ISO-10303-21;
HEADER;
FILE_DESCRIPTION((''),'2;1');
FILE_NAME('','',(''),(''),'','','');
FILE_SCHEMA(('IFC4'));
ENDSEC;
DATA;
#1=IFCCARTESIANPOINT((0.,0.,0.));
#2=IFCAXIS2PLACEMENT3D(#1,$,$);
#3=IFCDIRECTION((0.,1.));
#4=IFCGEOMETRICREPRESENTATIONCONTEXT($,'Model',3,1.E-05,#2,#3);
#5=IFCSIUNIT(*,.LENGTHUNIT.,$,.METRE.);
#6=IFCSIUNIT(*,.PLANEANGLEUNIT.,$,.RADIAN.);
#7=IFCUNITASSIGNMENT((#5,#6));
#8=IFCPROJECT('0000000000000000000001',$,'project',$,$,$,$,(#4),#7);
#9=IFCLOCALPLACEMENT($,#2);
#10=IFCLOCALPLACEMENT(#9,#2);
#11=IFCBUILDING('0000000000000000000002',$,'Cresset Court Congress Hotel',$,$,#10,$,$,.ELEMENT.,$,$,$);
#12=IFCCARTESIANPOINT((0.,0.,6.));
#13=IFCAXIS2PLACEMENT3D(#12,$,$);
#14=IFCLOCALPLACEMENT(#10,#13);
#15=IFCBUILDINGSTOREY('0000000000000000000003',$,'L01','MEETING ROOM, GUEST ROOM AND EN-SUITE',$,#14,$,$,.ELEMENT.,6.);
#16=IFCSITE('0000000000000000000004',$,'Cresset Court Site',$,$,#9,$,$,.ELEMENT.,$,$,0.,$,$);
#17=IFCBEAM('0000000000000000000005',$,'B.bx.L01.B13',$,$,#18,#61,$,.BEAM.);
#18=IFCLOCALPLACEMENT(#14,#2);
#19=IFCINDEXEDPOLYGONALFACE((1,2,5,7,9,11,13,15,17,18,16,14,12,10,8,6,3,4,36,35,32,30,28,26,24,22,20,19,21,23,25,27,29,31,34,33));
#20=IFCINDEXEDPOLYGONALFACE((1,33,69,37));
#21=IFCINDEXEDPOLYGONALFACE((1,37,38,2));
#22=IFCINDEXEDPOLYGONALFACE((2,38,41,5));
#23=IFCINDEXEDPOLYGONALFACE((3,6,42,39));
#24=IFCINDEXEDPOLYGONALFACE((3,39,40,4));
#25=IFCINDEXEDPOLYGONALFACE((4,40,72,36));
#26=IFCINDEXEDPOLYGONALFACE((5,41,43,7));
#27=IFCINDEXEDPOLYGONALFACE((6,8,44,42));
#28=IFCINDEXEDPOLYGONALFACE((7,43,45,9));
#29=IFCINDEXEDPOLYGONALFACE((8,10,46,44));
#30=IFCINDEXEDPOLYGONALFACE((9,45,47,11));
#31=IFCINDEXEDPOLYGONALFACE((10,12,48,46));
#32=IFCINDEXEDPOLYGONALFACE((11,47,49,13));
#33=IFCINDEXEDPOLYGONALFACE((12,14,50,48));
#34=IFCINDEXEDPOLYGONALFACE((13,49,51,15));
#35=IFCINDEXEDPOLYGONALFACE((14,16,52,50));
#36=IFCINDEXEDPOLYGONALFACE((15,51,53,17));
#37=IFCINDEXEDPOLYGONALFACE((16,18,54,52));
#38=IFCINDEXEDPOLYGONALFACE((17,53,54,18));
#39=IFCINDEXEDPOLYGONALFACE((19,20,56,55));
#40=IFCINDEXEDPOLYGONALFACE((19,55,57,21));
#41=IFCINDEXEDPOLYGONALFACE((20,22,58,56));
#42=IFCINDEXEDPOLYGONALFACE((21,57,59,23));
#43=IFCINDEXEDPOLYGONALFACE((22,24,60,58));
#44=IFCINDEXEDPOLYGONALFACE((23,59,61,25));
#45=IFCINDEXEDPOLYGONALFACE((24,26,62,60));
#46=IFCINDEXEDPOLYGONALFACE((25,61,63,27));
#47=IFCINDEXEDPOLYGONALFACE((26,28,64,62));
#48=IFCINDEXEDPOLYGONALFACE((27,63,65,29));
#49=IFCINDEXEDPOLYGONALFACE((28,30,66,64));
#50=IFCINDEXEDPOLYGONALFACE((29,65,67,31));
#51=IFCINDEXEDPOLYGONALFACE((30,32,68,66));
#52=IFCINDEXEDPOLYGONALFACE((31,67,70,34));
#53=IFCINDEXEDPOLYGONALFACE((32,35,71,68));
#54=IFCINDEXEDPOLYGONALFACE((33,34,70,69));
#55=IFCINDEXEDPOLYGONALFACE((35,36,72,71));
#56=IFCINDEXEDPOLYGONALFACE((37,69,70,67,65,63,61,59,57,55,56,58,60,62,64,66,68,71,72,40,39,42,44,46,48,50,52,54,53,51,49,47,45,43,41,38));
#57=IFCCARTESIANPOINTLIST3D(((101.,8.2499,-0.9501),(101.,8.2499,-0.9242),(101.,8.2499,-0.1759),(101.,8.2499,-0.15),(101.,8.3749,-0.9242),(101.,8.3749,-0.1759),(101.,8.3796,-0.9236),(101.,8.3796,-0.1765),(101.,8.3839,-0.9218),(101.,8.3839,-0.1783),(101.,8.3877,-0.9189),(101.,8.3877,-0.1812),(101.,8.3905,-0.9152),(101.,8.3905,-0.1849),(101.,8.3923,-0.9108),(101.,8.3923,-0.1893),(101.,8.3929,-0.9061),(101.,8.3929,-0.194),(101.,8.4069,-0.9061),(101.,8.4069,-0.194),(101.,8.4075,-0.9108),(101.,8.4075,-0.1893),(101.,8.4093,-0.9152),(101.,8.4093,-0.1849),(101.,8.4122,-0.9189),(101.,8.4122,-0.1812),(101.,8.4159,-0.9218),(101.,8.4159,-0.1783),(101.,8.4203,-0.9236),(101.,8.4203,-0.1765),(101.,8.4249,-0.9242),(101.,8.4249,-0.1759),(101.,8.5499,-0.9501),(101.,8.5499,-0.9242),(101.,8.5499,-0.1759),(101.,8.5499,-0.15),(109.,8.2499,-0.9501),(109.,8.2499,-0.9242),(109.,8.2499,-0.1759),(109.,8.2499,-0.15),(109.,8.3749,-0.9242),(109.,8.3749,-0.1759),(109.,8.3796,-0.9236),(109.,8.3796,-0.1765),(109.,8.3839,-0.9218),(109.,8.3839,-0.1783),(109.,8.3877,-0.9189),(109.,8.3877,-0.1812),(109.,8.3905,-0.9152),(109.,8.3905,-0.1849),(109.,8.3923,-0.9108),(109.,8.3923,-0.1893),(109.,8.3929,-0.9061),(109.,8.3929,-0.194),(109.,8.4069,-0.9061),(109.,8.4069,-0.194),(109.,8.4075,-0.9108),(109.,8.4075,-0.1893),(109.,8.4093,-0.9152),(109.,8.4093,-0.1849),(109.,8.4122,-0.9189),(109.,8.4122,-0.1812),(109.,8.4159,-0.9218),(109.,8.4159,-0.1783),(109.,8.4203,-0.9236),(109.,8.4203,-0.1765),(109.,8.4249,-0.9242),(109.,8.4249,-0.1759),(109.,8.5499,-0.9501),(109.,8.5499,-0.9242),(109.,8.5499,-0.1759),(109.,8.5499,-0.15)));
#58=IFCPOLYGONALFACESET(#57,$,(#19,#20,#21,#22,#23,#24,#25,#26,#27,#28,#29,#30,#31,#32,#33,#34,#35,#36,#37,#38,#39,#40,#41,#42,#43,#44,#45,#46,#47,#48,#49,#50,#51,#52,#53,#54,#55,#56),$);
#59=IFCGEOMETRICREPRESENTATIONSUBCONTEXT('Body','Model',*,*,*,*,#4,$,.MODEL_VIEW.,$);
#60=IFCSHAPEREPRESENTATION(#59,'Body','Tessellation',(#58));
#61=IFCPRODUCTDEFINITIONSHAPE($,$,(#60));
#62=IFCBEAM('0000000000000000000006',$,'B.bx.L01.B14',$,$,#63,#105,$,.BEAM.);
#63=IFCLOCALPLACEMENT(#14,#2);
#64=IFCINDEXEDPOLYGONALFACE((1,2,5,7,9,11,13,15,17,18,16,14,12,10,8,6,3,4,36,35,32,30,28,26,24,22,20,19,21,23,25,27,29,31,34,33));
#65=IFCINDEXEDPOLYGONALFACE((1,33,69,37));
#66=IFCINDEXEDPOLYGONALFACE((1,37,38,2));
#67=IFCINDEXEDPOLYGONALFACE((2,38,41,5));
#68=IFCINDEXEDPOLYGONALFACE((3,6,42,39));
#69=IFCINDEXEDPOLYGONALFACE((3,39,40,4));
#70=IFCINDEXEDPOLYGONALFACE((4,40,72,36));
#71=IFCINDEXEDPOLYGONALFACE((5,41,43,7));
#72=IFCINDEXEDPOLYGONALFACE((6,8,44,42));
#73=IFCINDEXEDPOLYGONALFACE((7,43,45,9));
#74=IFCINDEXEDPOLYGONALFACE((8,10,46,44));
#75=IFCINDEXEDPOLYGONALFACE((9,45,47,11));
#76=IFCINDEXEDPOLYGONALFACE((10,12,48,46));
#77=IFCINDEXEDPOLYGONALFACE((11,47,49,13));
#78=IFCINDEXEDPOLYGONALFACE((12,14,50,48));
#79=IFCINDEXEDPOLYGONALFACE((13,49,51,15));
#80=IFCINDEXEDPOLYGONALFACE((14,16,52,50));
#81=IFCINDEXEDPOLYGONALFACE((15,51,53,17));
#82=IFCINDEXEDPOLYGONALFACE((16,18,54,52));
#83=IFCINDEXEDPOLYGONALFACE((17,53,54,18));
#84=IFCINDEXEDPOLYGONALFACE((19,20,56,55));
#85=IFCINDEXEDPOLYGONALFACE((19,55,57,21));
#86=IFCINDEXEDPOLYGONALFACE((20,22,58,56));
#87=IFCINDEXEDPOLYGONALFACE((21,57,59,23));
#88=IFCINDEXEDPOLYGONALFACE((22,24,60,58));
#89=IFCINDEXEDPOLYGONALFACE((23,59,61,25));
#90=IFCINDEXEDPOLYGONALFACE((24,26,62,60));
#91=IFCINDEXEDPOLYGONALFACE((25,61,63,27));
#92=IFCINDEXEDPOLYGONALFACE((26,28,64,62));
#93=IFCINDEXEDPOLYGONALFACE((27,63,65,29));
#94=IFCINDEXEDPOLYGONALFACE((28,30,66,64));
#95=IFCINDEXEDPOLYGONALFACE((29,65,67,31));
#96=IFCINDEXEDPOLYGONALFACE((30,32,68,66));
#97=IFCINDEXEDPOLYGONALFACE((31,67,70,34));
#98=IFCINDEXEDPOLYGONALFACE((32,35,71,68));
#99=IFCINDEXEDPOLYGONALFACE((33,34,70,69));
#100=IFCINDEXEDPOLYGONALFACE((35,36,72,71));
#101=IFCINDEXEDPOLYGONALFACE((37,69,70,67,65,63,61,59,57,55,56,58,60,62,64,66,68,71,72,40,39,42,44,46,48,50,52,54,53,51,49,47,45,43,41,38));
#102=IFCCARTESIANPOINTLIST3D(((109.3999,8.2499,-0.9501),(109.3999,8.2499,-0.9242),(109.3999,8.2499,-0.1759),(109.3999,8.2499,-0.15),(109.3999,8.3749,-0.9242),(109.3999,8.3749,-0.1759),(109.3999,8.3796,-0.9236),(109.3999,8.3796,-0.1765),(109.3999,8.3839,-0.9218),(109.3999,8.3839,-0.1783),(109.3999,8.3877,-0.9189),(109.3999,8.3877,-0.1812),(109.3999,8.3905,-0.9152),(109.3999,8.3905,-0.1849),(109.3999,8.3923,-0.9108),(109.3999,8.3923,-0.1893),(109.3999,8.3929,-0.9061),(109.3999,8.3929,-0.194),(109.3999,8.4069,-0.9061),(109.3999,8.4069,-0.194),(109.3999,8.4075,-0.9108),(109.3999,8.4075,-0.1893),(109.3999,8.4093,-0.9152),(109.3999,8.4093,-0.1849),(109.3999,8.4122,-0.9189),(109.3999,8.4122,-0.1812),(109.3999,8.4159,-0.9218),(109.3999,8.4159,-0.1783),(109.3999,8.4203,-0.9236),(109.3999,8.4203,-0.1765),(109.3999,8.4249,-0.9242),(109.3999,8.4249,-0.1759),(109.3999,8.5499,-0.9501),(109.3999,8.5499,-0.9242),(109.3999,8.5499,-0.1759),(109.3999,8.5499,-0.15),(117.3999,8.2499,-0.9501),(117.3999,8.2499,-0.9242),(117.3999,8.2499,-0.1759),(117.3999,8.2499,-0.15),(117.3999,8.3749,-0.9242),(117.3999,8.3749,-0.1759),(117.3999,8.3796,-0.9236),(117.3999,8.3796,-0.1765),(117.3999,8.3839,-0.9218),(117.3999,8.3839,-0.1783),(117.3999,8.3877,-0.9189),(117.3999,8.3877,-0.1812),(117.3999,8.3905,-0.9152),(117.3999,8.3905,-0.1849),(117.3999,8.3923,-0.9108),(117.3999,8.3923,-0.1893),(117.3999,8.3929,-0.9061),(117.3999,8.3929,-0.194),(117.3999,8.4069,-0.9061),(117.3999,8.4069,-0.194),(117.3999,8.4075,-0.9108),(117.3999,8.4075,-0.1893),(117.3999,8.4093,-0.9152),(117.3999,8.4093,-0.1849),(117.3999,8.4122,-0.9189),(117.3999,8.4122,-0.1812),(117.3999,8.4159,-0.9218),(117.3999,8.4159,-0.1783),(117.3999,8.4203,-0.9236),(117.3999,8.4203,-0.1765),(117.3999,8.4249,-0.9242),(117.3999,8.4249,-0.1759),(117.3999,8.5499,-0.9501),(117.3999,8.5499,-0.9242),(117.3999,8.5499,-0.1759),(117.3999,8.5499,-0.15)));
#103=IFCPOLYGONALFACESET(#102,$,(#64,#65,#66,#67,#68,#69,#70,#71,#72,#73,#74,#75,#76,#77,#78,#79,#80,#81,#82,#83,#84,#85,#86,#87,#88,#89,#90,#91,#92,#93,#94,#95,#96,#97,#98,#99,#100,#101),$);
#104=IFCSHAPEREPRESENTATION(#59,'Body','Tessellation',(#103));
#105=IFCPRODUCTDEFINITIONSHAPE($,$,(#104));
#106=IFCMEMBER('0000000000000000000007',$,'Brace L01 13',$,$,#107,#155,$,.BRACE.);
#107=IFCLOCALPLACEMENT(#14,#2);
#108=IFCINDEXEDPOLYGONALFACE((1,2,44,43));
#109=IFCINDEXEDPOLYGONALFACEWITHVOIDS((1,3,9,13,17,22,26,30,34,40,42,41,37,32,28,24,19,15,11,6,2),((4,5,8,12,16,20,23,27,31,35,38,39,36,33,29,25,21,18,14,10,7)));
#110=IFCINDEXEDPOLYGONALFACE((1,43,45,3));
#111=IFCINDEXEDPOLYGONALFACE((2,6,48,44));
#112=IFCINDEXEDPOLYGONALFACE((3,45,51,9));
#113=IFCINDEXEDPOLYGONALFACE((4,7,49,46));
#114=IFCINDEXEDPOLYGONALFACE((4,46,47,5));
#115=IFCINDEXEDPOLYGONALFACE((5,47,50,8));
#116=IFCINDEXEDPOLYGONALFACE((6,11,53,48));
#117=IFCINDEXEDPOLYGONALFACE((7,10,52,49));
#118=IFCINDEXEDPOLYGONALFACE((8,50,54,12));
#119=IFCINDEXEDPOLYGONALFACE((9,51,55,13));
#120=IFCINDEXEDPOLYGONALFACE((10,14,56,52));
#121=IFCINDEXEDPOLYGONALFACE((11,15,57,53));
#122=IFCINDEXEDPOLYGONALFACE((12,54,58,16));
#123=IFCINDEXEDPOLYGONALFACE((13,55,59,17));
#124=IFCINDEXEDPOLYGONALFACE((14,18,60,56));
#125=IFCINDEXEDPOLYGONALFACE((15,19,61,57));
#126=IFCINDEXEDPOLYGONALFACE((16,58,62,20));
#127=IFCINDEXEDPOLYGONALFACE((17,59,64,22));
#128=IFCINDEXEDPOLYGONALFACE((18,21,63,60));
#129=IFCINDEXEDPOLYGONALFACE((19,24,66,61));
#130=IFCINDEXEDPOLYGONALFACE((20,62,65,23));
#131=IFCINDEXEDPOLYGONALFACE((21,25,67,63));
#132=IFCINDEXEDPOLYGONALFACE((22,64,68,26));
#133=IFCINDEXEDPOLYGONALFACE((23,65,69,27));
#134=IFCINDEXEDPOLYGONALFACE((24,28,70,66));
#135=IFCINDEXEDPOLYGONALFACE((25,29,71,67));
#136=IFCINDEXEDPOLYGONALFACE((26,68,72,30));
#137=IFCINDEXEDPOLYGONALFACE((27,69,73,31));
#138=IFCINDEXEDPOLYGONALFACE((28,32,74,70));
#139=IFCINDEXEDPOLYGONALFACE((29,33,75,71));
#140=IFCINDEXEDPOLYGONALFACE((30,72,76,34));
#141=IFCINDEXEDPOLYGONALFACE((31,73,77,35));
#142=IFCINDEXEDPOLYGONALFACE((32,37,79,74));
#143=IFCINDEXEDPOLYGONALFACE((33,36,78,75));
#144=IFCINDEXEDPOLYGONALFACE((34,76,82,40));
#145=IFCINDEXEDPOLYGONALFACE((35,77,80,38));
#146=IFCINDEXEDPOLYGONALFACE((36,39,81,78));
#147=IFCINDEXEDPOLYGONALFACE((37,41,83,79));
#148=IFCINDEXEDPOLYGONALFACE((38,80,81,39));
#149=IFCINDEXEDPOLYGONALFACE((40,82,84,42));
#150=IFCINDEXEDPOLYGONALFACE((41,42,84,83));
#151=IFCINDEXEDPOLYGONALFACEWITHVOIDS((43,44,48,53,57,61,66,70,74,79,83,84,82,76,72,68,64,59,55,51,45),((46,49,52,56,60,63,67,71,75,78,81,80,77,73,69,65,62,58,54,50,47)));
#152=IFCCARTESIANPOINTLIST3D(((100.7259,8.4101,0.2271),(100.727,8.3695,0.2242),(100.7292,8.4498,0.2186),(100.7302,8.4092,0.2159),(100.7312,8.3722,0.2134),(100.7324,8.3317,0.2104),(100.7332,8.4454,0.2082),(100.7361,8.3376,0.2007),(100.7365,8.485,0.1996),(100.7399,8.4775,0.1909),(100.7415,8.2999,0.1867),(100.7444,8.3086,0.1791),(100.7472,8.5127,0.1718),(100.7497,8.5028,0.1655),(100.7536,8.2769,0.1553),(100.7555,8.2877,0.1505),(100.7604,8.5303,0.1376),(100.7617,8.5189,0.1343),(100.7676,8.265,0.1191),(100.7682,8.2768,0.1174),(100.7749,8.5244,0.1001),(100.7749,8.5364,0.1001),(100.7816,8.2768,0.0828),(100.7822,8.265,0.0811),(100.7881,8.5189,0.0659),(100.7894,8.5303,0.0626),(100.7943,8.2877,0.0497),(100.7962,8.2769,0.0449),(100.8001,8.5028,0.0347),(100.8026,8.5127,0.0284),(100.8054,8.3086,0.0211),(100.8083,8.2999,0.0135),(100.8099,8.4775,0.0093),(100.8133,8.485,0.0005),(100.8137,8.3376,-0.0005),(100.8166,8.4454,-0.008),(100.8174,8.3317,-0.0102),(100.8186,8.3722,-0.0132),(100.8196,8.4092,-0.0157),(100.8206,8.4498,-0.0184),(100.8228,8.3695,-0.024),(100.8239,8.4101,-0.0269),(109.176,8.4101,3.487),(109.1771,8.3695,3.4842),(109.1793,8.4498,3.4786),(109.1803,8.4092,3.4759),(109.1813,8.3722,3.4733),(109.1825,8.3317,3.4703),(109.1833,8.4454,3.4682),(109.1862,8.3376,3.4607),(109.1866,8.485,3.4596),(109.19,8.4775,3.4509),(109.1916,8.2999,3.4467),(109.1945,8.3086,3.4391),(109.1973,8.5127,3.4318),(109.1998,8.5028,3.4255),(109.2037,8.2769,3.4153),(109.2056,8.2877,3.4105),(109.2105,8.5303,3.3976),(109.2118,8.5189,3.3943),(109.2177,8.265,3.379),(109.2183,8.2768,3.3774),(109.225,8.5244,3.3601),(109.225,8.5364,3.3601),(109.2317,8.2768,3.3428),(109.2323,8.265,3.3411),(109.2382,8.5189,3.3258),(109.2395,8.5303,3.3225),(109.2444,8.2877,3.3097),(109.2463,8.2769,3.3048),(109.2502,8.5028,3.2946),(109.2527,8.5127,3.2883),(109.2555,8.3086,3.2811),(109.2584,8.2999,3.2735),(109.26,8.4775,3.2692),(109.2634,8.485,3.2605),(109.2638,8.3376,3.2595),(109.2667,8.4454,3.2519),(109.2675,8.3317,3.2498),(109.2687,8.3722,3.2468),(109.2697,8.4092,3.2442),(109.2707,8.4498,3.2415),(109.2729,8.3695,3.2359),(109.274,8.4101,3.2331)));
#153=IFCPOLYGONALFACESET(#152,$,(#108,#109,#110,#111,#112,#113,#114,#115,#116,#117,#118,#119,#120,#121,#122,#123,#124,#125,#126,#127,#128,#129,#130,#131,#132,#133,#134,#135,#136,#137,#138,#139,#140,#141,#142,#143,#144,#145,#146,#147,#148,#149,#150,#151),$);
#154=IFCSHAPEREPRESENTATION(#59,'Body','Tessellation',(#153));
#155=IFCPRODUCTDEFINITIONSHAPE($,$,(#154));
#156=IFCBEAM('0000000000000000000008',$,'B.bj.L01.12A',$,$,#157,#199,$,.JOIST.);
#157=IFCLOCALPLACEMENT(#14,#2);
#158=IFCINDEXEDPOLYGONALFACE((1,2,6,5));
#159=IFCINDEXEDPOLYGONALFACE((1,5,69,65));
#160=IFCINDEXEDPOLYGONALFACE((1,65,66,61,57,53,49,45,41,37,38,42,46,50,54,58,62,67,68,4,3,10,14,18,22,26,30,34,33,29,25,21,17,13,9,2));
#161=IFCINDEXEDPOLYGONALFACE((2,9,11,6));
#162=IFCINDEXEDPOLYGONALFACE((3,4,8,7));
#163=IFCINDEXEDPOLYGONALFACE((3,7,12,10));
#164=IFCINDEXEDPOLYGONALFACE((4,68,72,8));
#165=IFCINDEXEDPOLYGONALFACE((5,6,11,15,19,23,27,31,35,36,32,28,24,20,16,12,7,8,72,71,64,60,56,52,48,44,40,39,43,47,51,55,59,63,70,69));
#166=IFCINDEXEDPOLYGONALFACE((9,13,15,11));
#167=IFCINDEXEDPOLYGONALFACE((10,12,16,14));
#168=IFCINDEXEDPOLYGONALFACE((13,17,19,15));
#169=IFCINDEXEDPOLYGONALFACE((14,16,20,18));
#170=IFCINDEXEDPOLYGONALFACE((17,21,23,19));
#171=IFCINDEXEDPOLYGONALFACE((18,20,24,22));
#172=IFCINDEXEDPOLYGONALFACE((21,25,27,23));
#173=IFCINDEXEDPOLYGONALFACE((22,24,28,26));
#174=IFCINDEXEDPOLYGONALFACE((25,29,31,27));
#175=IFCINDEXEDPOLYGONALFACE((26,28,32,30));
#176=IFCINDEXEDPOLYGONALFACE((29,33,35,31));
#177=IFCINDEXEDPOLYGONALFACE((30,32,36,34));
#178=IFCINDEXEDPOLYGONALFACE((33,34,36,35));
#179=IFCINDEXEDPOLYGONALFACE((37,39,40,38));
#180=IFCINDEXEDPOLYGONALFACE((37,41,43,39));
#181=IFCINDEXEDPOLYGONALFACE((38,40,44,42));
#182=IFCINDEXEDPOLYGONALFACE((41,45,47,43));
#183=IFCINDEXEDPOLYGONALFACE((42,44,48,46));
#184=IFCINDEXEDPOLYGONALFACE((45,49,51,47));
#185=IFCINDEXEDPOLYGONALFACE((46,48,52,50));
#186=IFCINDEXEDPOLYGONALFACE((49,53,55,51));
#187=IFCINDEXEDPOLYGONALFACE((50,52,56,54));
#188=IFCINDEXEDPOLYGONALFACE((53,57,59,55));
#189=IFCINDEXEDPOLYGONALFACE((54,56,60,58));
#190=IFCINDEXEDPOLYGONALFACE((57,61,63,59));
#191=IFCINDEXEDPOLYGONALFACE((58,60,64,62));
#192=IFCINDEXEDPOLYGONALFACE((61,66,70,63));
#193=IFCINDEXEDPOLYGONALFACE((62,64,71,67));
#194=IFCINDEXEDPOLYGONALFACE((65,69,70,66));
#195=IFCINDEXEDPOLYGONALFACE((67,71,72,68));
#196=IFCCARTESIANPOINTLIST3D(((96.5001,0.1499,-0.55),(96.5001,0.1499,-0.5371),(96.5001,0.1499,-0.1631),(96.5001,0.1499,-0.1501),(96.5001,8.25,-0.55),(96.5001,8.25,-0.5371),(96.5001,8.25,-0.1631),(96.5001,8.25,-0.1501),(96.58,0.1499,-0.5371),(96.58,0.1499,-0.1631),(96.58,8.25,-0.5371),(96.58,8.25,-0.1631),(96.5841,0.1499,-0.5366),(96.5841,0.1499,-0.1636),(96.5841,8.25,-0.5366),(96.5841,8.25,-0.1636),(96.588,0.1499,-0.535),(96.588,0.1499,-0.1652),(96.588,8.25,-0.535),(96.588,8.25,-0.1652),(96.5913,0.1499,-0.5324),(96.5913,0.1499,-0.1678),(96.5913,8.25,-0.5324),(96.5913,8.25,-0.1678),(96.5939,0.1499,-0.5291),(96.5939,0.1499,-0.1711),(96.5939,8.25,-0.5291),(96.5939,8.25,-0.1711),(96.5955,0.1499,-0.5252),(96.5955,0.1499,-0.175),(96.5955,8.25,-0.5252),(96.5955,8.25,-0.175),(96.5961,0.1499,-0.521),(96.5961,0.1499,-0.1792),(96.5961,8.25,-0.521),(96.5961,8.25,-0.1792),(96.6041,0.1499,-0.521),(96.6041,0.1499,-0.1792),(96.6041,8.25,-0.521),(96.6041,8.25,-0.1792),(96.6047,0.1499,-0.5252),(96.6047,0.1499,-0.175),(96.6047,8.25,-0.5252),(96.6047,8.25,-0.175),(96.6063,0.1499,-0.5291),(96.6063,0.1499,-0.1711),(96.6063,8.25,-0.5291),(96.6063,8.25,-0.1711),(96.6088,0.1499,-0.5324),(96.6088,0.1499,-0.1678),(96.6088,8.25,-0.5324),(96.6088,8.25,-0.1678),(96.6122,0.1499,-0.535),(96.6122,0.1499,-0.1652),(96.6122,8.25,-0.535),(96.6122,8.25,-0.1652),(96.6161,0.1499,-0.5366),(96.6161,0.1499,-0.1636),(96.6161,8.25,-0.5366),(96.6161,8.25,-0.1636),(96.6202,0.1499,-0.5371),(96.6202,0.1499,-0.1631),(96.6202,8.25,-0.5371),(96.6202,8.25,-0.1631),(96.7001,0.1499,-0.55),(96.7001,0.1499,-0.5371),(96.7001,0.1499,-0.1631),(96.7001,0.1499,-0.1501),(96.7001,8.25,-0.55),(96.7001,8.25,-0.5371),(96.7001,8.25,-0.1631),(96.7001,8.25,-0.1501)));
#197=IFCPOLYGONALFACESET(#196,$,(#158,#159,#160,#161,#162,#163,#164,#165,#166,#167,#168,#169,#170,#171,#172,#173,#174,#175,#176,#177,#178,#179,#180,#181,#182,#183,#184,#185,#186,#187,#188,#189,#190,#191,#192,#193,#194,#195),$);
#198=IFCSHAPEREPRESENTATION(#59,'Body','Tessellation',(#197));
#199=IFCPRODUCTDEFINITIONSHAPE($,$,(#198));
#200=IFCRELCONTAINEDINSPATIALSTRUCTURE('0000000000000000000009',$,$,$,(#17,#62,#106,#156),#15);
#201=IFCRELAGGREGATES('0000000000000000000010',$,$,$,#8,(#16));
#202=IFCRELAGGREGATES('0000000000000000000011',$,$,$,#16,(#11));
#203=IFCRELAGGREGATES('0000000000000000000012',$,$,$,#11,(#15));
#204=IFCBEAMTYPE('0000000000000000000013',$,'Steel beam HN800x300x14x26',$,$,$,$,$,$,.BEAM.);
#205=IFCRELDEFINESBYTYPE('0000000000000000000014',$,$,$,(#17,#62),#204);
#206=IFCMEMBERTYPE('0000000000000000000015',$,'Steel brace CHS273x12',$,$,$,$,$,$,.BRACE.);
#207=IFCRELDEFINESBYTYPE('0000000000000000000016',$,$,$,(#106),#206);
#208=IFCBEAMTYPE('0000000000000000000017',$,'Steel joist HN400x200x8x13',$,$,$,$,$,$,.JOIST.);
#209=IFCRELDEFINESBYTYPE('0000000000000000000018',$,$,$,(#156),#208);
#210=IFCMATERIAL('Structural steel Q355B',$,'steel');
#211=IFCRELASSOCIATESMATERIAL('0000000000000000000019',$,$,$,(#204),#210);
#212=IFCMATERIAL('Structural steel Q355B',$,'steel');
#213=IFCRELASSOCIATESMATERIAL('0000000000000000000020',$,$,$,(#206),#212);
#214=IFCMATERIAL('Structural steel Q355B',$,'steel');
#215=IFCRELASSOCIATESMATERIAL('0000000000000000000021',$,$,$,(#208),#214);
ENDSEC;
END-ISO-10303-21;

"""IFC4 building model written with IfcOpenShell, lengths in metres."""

from ifc_helpers import new_model, si_unit, direction, frame, origin, origin_2d, place, context, subcontext, project, spatial, hollow_circle, i_section, extrude, material, material_profile, profile_set, type_object, element, save


model = new_model("IFC4")

# Units and contexts
model_context = context("Model", 3, precision=1e-05, world=origin(), true_north=direction((0.0, 1.0)))
body_context = subcontext(model_context, "Body", "Model", "MODEL_VIEW")
ifc_project = project(units=[si_unit("LENGTHUNIT", "METRE"), si_unit("PLANEANGLEUNIT", "RADIAN")], contexts=[model_context])

# Site, building, storey
site_placement = place(None, origin())
site = spatial("IfcSite", under=ifc_project, at=site_placement, Name="Cresset Court Site", CompositionType="ELEMENT", RefElevation=0.0)
building_placement = place(site_placement, origin())
building = spatial("IfcBuilding", under=site, at=building_placement, Name="Cresset Court Congress Hotel", CompositionType="ELEMENT")
storey_placement = place(building_placement, frame((0.0, 0.0, 6.0)))
storey = spatial("IfcBuildingStorey", under=building, at=storey_placement, Name="L01", Description="MEETING ROOM, GUEST ROOM AND EN-SUITE", CompositionType="ELEMENT", Elevation=6.0)

# Beams
ifc_material_1 = material(Name="Structural steel Q355B", Category="steel")
ifc_material_profile_1 = material_profile(ifc_material_1, i_section(OverallWidth=0.3, OverallDepth=0.8, WebThickness=0.0139, FlangeThickness=0.0259, FilletRadius=0.0181, at=origin_2d()), Name="HN800x300x14x26")
ifc_profile_set_1 = profile_set([ifc_material_profile_1], Name="Structural steel Q355B")
beam_type_1 = type_object("IfcBeamType", Name="Steel beam HN800x300x14x26", PredefinedType="BEAM", material=ifc_profile_set_1)
for number, where, z_axis, x_axis, name in (
    (1, (101.0, 8.3999, -0.55), (1.0, 0.0, 0.0), (0.0, 1.0, 0.0), "B.bx.L01.B13"),
    (2, (109.3999, 8.3999, -0.55), (1.0, 0.0, 0.0), (0.0, 1.0, 0.0), "B.bx.L01.B14"),
):
    element("IfcBeam", number, at=place(storey_placement, frame(where, z_axis=z_axis, x_axis=x_axis)), inside=storey, type_object=beam_type_1, Name=name, PredefinedType="BEAM", context=body_context, shape_type="SweptSolid", body=[
        extrude(i_section(OverallWidth=0.3, OverallDepth=0.8, WebThickness=0.0139, FlangeThickness=0.0259, FilletRadius=0.0181, at=origin_2d()), origin(), (0.0, 0.0, 1.0), 8.0),
    ])

# Member
ifc_material_2 = material(Name="Structural steel Q355B", Category="steel")
ifc_material_profile_2 = material_profile(ifc_material_2, hollow_circle(Radius=0.1365, WallThickness=0.012, at=origin_2d()), Name="CHS273x12")
ifc_profile_set_2 = profile_set([ifc_material_profile_2], Name="Structural steel Q355B")
member_type = type_object("IfcMemberType", Name="Steel brace CHS273x12", PredefinedType="BRACE", material=ifc_profile_set_2)
member_placement = place(storey_placement, frame((100.7749, 8.3999, 0.1001), z_axis=(0.932978, 0.0, 0.359934), x_axis=(0.0, 1.0, 0.0)))
element("IfcMember", 3, at=member_placement, inside=storey, type_object=member_type, Name="Brace L01 13", PredefinedType="BRACE", context=body_context, shape_type="SweptSolid", body=[
    extrude(hollow_circle(Radius=0.1365, WallThickness=0.012, at=origin_2d()), origin(), (0.0, 0.0, 1.0), 9.0571),
])

# Beam
ifc_material_3 = material(Name="Structural steel Q355B", Category="steel")
ifc_material_profile_3 = material_profile(ifc_material_3, i_section(OverallWidth=0.2, OverallDepth=0.3999, WebThickness=0.0081, FlangeThickness=0.0129, FilletRadius=0.0161, at=origin_2d()), Name="HN400x200x8x13")
ifc_profile_set_3 = profile_set([ifc_material_profile_3], Name="Structural steel Q355B")
beam_type_2 = type_object("IfcBeamType", Name="Steel joist HN400x200x8x13", PredefinedType="JOIST", material=ifc_profile_set_3)
beam_1_placement = place(storey_placement, frame((96.6001, 0.1499, -0.3501), z_axis=(0.0, 1.0, 0.0), x_axis=(-1.0, 0.0, 0.0)))
element("IfcBeam", 4, at=beam_1_placement, inside=storey, type_object=beam_type_2, Name="B.bj.L01.12A", PredefinedType="JOIST", context=body_context, shape_type="SweptSolid", body=[
    extrude(i_section(OverallWidth=0.2, OverallDepth=0.3999, WebThickness=0.0081, FlangeThickness=0.0129, FilletRadius=0.0161, at=origin_2d()), origin(), (0.0, 0.0, 1.0), 8.1001),
])

save(model, "model.ifc")
